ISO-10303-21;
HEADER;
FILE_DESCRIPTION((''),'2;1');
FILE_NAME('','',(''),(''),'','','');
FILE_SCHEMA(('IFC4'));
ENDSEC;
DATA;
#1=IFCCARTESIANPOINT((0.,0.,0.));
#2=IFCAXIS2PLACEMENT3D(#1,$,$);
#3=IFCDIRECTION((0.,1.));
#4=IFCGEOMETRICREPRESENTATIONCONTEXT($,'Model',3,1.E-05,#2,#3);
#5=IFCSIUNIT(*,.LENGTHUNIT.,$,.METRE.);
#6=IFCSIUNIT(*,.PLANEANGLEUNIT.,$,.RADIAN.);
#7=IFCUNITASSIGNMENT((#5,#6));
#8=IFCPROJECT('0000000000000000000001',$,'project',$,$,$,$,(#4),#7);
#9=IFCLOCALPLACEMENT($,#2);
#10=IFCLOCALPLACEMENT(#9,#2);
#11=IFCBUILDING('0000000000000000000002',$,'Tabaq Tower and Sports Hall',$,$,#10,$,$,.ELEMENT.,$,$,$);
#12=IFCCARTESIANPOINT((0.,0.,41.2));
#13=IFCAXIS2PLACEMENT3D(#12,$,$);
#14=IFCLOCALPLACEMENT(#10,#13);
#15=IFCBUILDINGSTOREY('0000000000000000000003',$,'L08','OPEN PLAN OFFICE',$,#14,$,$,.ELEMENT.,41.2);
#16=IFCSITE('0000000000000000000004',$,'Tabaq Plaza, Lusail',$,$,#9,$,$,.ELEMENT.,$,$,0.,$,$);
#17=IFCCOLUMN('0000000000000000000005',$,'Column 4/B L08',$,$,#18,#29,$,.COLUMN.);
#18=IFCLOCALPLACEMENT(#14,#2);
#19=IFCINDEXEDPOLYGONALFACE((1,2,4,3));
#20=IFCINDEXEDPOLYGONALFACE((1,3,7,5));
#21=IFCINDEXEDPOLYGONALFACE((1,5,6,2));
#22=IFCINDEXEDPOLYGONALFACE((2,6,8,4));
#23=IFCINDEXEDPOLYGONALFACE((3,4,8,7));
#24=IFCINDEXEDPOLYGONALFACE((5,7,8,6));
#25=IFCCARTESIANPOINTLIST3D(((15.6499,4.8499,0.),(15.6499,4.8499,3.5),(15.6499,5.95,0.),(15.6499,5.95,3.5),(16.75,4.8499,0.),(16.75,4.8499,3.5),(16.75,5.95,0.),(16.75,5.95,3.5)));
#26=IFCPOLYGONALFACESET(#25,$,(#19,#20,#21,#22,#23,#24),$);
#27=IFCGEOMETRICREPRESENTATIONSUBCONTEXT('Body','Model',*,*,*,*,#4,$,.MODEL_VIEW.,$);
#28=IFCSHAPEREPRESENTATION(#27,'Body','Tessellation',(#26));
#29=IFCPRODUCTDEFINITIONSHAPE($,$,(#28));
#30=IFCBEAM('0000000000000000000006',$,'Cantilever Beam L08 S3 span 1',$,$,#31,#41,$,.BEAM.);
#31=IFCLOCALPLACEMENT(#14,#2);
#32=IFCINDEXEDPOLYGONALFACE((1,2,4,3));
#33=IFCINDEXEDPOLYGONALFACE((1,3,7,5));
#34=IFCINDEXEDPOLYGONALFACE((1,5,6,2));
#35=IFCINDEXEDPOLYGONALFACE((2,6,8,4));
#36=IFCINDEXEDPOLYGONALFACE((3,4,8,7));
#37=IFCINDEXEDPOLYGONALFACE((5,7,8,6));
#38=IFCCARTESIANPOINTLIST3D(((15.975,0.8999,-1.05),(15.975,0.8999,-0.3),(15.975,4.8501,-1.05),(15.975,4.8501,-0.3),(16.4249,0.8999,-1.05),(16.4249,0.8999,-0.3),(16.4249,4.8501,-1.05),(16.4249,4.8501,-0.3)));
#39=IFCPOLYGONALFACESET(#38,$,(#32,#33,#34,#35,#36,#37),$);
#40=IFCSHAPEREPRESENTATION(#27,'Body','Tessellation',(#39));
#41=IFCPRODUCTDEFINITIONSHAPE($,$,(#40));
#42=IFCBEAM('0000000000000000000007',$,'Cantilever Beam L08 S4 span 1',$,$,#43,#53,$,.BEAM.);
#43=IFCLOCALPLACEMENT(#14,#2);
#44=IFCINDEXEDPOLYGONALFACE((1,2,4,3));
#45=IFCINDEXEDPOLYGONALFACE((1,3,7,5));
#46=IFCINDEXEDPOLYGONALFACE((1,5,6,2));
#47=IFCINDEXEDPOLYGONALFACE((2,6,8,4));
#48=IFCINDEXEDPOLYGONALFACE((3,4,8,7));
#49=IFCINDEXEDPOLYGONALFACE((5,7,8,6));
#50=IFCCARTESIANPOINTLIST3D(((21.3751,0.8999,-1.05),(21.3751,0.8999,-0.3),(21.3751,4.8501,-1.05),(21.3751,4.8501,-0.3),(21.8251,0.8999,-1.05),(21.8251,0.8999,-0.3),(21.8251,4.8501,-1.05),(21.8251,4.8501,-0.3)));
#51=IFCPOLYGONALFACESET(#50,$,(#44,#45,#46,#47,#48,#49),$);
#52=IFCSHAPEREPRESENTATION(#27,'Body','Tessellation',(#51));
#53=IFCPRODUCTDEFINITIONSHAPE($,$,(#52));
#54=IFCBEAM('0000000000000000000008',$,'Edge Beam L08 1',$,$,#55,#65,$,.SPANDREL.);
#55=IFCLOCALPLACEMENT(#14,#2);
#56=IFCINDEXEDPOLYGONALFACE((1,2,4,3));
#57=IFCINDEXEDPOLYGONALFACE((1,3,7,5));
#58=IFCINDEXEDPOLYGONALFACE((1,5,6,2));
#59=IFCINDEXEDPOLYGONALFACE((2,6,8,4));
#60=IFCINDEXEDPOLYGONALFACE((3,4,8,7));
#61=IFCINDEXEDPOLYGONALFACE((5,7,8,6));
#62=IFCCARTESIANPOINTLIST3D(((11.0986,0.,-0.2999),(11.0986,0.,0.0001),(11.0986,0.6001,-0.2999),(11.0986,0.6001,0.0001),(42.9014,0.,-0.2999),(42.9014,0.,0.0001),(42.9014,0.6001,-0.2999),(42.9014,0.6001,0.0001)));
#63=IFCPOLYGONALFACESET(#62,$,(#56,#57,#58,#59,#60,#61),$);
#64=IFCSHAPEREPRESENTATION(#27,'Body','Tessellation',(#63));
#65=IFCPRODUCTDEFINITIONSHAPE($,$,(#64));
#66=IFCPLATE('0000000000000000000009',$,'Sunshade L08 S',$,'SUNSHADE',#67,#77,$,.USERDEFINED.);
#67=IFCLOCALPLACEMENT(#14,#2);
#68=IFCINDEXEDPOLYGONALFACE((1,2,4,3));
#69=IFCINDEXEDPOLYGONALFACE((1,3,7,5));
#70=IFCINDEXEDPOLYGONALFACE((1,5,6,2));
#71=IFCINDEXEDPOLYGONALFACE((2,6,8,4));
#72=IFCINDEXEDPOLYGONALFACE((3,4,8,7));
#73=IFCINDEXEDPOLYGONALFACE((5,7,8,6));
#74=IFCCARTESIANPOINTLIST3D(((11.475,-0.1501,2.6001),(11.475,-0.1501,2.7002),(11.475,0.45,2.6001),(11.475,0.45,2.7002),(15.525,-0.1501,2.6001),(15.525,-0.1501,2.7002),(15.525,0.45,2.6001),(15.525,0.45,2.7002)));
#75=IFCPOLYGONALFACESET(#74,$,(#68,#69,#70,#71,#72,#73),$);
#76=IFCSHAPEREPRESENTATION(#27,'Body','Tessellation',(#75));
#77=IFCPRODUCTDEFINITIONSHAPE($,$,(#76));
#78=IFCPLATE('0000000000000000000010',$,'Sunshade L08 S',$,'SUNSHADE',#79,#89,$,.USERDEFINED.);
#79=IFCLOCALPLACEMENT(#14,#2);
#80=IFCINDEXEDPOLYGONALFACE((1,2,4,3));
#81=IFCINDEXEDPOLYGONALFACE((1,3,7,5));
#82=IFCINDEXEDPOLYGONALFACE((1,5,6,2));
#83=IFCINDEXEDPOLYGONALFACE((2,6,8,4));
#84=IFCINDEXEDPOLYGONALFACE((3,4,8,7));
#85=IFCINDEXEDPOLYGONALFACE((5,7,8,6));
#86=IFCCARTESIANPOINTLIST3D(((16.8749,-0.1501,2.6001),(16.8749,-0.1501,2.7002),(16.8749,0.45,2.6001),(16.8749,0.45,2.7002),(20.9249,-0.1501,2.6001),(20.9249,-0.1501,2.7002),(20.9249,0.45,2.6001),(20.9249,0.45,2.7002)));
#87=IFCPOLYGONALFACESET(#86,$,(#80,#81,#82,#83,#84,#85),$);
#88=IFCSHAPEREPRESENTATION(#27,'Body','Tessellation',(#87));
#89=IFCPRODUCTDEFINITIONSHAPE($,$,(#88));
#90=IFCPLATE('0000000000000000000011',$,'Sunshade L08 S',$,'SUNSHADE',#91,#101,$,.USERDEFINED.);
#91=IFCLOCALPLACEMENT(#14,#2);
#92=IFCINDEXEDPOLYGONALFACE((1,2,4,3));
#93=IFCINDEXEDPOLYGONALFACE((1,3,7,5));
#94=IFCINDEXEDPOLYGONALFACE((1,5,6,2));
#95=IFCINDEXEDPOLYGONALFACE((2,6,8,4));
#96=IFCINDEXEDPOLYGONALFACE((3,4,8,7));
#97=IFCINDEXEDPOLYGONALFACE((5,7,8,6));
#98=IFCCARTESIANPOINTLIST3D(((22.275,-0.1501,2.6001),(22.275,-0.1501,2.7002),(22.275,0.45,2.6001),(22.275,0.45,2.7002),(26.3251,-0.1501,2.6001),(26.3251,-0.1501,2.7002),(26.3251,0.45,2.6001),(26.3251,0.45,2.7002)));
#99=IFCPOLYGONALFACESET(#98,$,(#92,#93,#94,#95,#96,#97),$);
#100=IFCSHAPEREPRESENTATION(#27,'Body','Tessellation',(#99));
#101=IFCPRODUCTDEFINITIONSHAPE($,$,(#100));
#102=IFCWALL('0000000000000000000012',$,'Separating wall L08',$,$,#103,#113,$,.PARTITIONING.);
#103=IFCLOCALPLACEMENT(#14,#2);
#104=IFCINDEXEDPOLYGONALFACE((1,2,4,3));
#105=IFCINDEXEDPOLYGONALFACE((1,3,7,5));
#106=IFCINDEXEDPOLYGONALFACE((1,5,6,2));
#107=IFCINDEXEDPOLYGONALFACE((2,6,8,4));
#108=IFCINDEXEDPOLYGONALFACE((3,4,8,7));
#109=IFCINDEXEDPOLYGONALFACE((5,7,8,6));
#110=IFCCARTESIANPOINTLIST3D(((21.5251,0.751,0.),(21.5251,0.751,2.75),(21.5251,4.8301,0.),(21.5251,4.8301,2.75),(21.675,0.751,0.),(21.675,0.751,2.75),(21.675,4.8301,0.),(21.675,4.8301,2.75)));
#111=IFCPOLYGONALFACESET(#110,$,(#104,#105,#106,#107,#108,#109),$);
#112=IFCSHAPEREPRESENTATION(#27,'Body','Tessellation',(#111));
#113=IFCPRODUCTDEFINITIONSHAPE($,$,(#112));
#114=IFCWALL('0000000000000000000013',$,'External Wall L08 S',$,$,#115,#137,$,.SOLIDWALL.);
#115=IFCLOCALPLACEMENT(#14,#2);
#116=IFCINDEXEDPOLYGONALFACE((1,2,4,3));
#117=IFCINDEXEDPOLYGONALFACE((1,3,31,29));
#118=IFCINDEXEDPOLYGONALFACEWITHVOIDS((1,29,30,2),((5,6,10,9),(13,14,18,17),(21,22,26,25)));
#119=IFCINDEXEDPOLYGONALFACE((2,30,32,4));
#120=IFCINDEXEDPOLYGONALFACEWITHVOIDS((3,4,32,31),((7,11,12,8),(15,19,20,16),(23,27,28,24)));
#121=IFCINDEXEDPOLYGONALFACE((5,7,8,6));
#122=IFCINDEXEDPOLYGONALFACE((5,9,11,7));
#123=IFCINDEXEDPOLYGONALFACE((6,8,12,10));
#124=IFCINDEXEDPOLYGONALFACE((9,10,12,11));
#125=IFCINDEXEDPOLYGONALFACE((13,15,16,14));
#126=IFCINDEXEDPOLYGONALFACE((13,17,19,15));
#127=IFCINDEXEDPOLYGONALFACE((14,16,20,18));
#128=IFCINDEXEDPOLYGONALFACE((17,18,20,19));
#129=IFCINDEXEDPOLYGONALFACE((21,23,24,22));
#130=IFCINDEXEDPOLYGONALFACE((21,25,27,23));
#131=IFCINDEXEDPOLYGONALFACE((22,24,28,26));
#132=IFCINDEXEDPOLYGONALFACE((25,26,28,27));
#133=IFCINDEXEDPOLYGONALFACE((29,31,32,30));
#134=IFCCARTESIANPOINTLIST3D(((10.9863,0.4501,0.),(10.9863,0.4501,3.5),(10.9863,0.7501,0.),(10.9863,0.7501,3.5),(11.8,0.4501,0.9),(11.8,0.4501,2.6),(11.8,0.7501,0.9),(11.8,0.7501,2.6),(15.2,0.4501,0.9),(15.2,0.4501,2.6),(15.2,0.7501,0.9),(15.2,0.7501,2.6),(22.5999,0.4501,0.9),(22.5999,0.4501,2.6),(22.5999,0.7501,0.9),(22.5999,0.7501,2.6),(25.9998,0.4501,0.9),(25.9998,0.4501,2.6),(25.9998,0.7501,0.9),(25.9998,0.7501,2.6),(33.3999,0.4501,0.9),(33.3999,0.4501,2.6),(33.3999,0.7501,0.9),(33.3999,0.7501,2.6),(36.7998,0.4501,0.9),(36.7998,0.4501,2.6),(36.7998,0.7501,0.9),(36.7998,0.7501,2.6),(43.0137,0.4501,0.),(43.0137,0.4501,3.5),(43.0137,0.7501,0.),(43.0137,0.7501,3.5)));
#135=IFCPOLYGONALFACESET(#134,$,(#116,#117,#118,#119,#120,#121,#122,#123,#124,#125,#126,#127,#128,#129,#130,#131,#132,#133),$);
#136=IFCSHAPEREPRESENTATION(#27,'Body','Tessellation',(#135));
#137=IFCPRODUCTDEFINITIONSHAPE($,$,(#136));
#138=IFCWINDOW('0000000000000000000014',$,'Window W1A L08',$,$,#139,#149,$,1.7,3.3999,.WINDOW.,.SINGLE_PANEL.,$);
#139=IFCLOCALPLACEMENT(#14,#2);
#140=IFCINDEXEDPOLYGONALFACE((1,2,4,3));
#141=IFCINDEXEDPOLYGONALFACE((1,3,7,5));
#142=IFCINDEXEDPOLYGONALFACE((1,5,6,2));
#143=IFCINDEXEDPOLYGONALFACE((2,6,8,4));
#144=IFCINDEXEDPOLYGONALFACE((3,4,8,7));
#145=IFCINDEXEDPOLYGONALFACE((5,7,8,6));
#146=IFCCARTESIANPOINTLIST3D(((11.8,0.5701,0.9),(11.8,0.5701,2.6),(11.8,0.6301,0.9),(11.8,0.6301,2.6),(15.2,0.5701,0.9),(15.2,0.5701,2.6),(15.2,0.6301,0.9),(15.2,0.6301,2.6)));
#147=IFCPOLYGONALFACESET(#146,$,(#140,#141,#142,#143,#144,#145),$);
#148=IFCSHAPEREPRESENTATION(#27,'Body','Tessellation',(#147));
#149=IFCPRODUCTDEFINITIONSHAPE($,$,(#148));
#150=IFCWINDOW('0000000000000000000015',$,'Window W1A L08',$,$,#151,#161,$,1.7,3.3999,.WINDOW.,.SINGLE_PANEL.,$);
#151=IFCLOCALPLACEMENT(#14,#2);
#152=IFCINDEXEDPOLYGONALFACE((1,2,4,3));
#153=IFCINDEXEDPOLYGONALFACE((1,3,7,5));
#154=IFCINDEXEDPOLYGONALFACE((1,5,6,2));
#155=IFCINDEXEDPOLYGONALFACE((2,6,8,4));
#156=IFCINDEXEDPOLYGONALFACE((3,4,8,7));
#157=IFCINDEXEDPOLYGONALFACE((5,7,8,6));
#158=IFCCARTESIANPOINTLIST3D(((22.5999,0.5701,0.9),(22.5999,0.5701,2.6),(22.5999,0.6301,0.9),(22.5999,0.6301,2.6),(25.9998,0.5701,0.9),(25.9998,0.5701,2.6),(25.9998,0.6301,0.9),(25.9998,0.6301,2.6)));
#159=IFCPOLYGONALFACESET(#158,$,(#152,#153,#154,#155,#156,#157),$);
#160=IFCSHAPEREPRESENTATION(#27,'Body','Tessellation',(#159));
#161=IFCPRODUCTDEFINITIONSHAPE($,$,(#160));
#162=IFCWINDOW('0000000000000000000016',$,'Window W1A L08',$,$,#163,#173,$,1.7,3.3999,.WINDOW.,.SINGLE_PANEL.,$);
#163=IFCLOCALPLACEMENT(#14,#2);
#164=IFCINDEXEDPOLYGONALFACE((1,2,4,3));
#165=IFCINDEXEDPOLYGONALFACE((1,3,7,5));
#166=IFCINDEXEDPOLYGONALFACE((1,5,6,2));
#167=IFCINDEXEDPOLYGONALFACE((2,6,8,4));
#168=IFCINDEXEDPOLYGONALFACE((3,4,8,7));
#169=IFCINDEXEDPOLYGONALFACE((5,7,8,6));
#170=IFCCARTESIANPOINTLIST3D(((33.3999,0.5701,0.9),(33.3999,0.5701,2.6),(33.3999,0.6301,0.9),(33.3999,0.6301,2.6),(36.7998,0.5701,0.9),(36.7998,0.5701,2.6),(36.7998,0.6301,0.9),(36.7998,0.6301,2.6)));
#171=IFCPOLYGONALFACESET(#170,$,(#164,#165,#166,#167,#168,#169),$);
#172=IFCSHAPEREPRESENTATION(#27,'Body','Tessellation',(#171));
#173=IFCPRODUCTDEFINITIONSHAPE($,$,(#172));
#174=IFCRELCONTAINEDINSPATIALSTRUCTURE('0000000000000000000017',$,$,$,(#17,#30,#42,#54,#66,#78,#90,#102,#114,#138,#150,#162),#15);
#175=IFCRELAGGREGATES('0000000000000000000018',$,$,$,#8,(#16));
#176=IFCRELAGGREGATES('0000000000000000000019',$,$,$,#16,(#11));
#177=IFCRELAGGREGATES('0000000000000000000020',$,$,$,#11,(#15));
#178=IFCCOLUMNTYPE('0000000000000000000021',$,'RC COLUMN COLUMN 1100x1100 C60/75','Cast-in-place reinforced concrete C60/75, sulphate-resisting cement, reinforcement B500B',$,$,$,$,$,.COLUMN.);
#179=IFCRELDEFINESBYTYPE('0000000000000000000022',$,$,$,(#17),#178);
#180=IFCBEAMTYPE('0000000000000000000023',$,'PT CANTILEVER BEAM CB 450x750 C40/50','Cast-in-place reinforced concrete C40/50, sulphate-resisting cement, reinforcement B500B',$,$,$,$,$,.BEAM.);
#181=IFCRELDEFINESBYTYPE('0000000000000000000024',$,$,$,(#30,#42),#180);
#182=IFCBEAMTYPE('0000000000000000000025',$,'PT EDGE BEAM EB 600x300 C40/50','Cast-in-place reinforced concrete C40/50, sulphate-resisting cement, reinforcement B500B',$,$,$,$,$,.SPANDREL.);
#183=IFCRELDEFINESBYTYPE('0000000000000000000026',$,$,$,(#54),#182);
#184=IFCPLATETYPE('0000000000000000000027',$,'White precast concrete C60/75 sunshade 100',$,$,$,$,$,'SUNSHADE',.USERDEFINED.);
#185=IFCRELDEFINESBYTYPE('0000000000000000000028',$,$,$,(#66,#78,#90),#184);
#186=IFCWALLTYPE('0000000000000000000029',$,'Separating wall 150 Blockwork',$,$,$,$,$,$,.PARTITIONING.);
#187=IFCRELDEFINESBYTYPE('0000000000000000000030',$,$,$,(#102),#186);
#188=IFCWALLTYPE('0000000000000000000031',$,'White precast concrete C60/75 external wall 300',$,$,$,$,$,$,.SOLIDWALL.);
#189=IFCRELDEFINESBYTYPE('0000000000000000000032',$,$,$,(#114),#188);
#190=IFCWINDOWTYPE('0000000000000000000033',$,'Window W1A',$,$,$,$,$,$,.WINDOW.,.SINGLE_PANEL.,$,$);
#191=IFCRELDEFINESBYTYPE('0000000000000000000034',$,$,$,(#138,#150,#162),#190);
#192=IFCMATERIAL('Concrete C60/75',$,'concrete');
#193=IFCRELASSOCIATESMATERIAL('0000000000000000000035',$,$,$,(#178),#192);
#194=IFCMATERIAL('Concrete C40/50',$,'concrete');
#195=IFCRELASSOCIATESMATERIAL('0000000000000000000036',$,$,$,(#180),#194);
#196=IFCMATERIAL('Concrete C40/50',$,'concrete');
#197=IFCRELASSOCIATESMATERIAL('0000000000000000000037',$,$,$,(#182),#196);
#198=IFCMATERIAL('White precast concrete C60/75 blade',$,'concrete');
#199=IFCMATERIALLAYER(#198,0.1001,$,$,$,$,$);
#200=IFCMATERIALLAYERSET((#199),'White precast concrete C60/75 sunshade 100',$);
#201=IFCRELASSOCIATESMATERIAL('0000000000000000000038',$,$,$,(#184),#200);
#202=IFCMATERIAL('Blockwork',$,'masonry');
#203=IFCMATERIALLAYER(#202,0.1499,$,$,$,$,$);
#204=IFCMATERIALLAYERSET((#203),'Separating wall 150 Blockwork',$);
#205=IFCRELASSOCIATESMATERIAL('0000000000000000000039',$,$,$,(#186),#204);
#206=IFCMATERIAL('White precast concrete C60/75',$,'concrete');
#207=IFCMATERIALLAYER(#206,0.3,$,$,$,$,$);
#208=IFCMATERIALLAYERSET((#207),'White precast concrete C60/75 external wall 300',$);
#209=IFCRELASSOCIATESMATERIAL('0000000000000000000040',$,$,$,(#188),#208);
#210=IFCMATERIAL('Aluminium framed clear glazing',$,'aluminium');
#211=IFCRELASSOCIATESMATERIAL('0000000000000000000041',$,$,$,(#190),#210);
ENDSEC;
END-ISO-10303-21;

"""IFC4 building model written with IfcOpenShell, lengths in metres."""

from ifc_helpers import new_model, si_unit, direction, frame, frame_2d, origin, origin_2d, place, context, subcontext, project, spatial, rectangle, extrude, material, layer, layer_set, material_profile, profile_set, type_object, element, fill, save


model = new_model("IFC4")

# Units and contexts
model_context = context("Model", 3, precision=1e-05, world=origin(), true_north=direction((0.0, 1.0)))
body_context = subcontext(model_context, "Body", "Model", "MODEL_VIEW")
ifc_project = project(units=[si_unit("LENGTHUNIT", "METRE"), si_unit("PLANEANGLEUNIT", "RADIAN")], contexts=[model_context])

# Site, building, storey
site_placement = place(None, origin())
site = spatial("IfcSite", under=ifc_project, at=site_placement, Name="Tabaq Plaza, Lusail", CompositionType="ELEMENT", RefElevation=0.0)
building_placement = place(site_placement, origin())
building = spatial("IfcBuilding", under=site, at=building_placement, Name="Tabaq Tower and Sports Hall", CompositionType="ELEMENT")
storey_placement = place(building_placement, frame((0.0, 0.0, 41.2)))
storey = spatial("IfcBuildingStorey", under=building, at=storey_placement, Name="L08", Description="OPEN PLAN OFFICE", CompositionType="ELEMENT", Elevation=41.2)

# Column
ifc_material_1 = material(Name="Concrete C60/75", Category="concrete")
ifc_material_profile_1 = material_profile(ifc_material_1, rectangle(XDim=1.1001, YDim=1.1001, at=origin_2d()), Name="COLUMN 1100x1100")
ifc_profile_set_1 = profile_set([ifc_material_profile_1], Name="Concrete C60/75")
column_type = type_object("IfcColumnType", Name="RC COLUMN COLUMN 1100x1100 C60/75", Description="Cast-in-place reinforced concrete C60/75, sulphate-resisting cement, reinforcement B500B", PredefinedType="COLUMN", material=ifc_profile_set_1)
column_placement = place(storey_placement, frame((16.2, 5.3999, 0.0), z_axis=(0.0, 0.0, 1.0), x_axis=(1.0, 0.0, 0.0)))
element("IfcColumn", 1, at=column_placement, inside=storey, type_object=column_type, Name="Column 4/B L08", PredefinedType="COLUMN", context=body_context, shape_type="SweptSolid", body=[
    extrude(rectangle(XDim=1.1001, YDim=1.1001, at=origin_2d()), origin(), (0.0, 0.0, 1.0), 3.5),
])

# Beams
ifc_material_2 = material(Name="Concrete C40/50", Category="concrete")
ifc_material_profile_2 = material_profile(ifc_material_2, rectangle(XDim=0.45, YDim=0.75, at=origin_2d()), Name="CB 450x750")
ifc_profile_set_2 = profile_set([ifc_material_profile_2], Name="Concrete C40/50")
beam_type_1 = type_object("IfcBeamType", Name="PT CANTILEVER BEAM CB 450x750 C40/50", Description="Cast-in-place reinforced concrete C40/50, sulphate-resisting cement, reinforcement B500B", PredefinedType="BEAM", material=ifc_profile_set_2)
for number, where, z_axis, x_axis, name in (
    (2, (16.2, 0.8999, -0.675), (0.0, 1.0, 0.0), (-1.0, 0.0, 0.0), "Cantilever Beam L08 S3 span 1"),
    (3, (21.6001, 0.8999, -0.675), (0.0, 1.0, 0.0), (-1.0, 0.0, 0.0), "Cantilever Beam L08 S4 span 1"),
):
    element("IfcBeam", number, at=place(storey_placement, frame(where, z_axis=z_axis, x_axis=x_axis)), inside=storey, type_object=beam_type_1, Name=name, PredefinedType="BEAM", context=body_context, shape_type="SweptSolid", body=[
        extrude(rectangle(XDim=0.45, YDim=0.75, at=origin_2d()), origin(), (0.0, 0.0, 1.0), 3.9502),
    ])
ifc_material_3 = material(Name="Concrete C40/50", Category="concrete")
ifc_material_profile_3 = material_profile(ifc_material_3, rectangle(XDim=0.6001, YDim=0.3, at=origin_2d()), Name="EB 600x300")
ifc_profile_set_3 = profile_set([ifc_material_profile_3], Name="Concrete C40/50")
beam_type_2 = type_object("IfcBeamType", Name="PT EDGE BEAM EB 600x300 C40/50", Description="Cast-in-place reinforced concrete C40/50, sulphate-resisting cement, reinforcement B500B", PredefinedType="SPANDREL", material=ifc_profile_set_3)
beam_placement = place(storey_placement, frame((11.0986, 0.3, -0.1499), z_axis=(1.0, 0.0, 0.0), x_axis=(0.0, 1.0, 0.0)))
element("IfcBeam", 4, at=beam_placement, inside=storey, type_object=beam_type_2, Name="Edge Beam L08 1", PredefinedType="SPANDREL", context=body_context, shape_type="SweptSolid", body=[
    extrude(rectangle(XDim=0.6001, YDim=0.3, at=origin_2d()), origin(), (0.0, 0.0, 1.0), 31.8027),
])

# Plates
ifc_material_4 = material(Name="White precast concrete C60/75 blade", Category="concrete")
ifc_layer_1 = layer(ifc_material_4, 0.1001)
ifc_layer_set_1 = layer_set([ifc_layer_1], Name="White precast concrete C60/75 sunshade 100")
plate_type = type_object("IfcPlateType", Name="White precast concrete C60/75 sunshade 100", ElementType="SUNSHADE", PredefinedType="USERDEFINED", material=ifc_layer_set_1)
for number, where, z_axis, x_axis, name in (
    (5, (13.5, 0.1499, 2.6001), (0.0, 0.0, 1.0), (1.0, 0.0, 0.0), "Sunshade L08 S"),
    (6, (18.8999, 0.1499, 2.6001), (0.0, 0.0, 1.0), (1.0, 0.0, 0.0), "Sunshade L08 S"),
    (7, (24.3, 0.1499, 2.6001), (0.0, 0.0, 1.0), (1.0, 0.0, 0.0), "Sunshade L08 S"),
):
    element("IfcPlate", number, at=place(storey_placement, frame(where, z_axis=z_axis, x_axis=x_axis)), inside=storey, type_object=plate_type, Name=name, ObjectType="SUNSHADE", PredefinedType="USERDEFINED", context=body_context, shape_type="SweptSolid", body=[
        extrude(rectangle(XDim=4.05, YDim=0.6001, at=origin_2d()), origin(), (0.0, 0.0, 1.0), 0.1001),
    ])

# Wall
ifc_material_5 = material(Name="Blockwork", Category="masonry")
ifc_layer_2 = layer(ifc_material_5, 0.1499)
ifc_layer_set_2 = layer_set([ifc_layer_2], Name="Separating wall 150 Blockwork")
wall_type_1 = type_object("IfcWallType", Name="Separating wall 150 Blockwork", PredefinedType="PARTITIONING", material=ifc_layer_set_2)
wall_1_placement = place(storey_placement, frame((21.6001, 0.751, 0.0), z_axis=(0.0, 0.0, 1.0), x_axis=(0.0, 1.0, 0.0)))
element("IfcWall", 8, at=wall_1_placement, inside=storey, type_object=wall_type_1, Name="Separating wall L08", PredefinedType="PARTITIONING", context=body_context, shape_type="SweptSolid", body=[
    extrude(rectangle(XDim=4.0791, YDim=0.1499, at=frame_2d((2.0396, 0.0))), origin(), (0.0, 0.0, 1.0), 2.75),
])

# Wall, openings, windows
ifc_material_6 = material(Name="White precast concrete C60/75", Category="concrete")
ifc_layer_3 = layer(ifc_material_6, 0.3)
ifc_layer_set_3 = layer_set([ifc_layer_3], Name="White precast concrete C60/75 external wall 300")
wall_type_2 = type_object("IfcWallType", Name="White precast concrete C60/75 external wall 300", PredefinedType="SOLIDWALL", material=ifc_layer_set_3)
wall_2_placement = place(storey_placement, frame((10.9863, 0.6001, 0.0), z_axis=(0.0, 0.0, 1.0), x_axis=(1.0, 0.0, 0.0)))
wall_2 = element("IfcWall", 9, at=wall_2_placement, inside=storey, type_object=wall_type_2, Name="External Wall L08 S", PredefinedType="SOLIDWALL", context=body_context, shape_type="SweptSolid", body=[
    extrude(rectangle(XDim=32.0273, YDim=0.3, at=frame_2d((16.0137, 0.0))), origin(), (0.0, 0.0, 1.0), 3.5),
])
opening_1_placement = place(wall_2_placement, frame((0.8137, 0.0, 0.8999)))
opening_1 = element("IfcOpeningElement", 10, at=opening_1_placement, cuts=wall_2, PredefinedType="OPENING", context=body_context, shape_type="SweptSolid", body=[
    extrude(rectangle(XDim=3.3999, YDim=1.7, at=frame_2d((1.7, 0.8501))), frame((0.0, 0.1602, 0.0), z_axis=(0.0, -1.0, 0.0), x_axis=(1.0, 0.0, 0.0)), (0.0, 0.0, 1.0), 0.3201),
])
opening_2_placement = place(wall_2_placement, frame((11.6135, 0.0, 0.8999)))
opening_2 = element("IfcOpeningElement", 11, at=opening_2_placement, cuts=wall_2, PredefinedType="OPENING", context=body_context, shape_type="SweptSolid", body=[
    extrude(rectangle(XDim=3.3999, YDim=1.7, at=frame_2d((1.7, 0.8501))), frame((0.0, 0.1602, 0.0), z_axis=(0.0, -1.0, 0.0), x_axis=(1.0, 0.0, 0.0)), (0.0, 0.0, 1.0), 0.3201),
])
opening_3_placement = place(wall_2_placement, frame((22.4136, 0.0, 0.8999)))
opening_3 = element("IfcOpeningElement", 12, at=opening_3_placement, cuts=wall_2, PredefinedType="OPENING", context=body_context, shape_type="SweptSolid", body=[
    extrude(rectangle(XDim=3.3999, YDim=1.7, at=frame_2d((1.7, 0.8501))), frame((0.0, 0.1602, 0.0), z_axis=(0.0, -1.0, 0.0), x_axis=(1.0, 0.0, 0.0)), (0.0, 0.0, 1.0), 0.3201),
])
ifc_material_7 = material(Name="Aluminium framed clear glazing", Category="aluminium")
window_type = type_object("IfcWindowType", Name="Window W1A", PartitioningType="SINGLE_PANEL", PredefinedType="WINDOW", material=ifc_material_7)
window_1_placement = place(opening_1_placement, origin())
window_1 = element("IfcWindow", 13, at=window_1_placement, inside=storey, type_object=window_type, Name="Window W1A L08", OverallHeight=1.7, OverallWidth=3.3999, PartitioningType="SINGLE_PANEL", PredefinedType="WINDOW", context=body_context, shape_type="SweptSolid", body=[
    extrude(rectangle(XDim=3.3999, YDim=1.7, at=frame_2d((1.7, 0.8501))), frame((0.0, 0.03, 0.0), z_axis=(0.0, -1.0, 0.0), x_axis=(1.0, 0.0, 0.0)), (0.0, 0.0, 1.0), 0.0601),
])
fill(opening_1, window_1)
window_2_placement = place(opening_2_placement, origin())
window_2 = element("IfcWindow", 14, at=window_2_placement, inside=storey, type_object=window_type, Name="Window W1A L08", OverallHeight=1.7, OverallWidth=3.3999, PartitioningType="SINGLE_PANEL", PredefinedType="WINDOW", context=body_context, shape_type="SweptSolid", body=[
    extrude(rectangle(XDim=3.3999, YDim=1.7, at=frame_2d((1.7, 0.8501))), frame((0.0, 0.03, 0.0), z_axis=(0.0, -1.0, 0.0), x_axis=(1.0, 0.0, 0.0)), (0.0, 0.0, 1.0), 0.0601),
])
fill(opening_2, window_2)
window_3_placement = place(opening_3_placement, origin())
window_3 = element("IfcWindow", 15, at=window_3_placement, inside=storey, type_object=window_type, Name="Window W1A L08", OverallHeight=1.7, OverallWidth=3.3999, PartitioningType="SINGLE_PANEL", PredefinedType="WINDOW", context=body_context, shape_type="SweptSolid", body=[
    extrude(rectangle(XDim=3.3999, YDim=1.7, at=frame_2d((1.7, 0.8501))), frame((0.0, 0.03, 0.0), z_axis=(0.0, -1.0, 0.0), x_axis=(1.0, 0.0, 0.0)), (0.0, 0.0, 1.0), 0.0601),
])
fill(opening_3, window_3)

save(model, "model.ifc")
